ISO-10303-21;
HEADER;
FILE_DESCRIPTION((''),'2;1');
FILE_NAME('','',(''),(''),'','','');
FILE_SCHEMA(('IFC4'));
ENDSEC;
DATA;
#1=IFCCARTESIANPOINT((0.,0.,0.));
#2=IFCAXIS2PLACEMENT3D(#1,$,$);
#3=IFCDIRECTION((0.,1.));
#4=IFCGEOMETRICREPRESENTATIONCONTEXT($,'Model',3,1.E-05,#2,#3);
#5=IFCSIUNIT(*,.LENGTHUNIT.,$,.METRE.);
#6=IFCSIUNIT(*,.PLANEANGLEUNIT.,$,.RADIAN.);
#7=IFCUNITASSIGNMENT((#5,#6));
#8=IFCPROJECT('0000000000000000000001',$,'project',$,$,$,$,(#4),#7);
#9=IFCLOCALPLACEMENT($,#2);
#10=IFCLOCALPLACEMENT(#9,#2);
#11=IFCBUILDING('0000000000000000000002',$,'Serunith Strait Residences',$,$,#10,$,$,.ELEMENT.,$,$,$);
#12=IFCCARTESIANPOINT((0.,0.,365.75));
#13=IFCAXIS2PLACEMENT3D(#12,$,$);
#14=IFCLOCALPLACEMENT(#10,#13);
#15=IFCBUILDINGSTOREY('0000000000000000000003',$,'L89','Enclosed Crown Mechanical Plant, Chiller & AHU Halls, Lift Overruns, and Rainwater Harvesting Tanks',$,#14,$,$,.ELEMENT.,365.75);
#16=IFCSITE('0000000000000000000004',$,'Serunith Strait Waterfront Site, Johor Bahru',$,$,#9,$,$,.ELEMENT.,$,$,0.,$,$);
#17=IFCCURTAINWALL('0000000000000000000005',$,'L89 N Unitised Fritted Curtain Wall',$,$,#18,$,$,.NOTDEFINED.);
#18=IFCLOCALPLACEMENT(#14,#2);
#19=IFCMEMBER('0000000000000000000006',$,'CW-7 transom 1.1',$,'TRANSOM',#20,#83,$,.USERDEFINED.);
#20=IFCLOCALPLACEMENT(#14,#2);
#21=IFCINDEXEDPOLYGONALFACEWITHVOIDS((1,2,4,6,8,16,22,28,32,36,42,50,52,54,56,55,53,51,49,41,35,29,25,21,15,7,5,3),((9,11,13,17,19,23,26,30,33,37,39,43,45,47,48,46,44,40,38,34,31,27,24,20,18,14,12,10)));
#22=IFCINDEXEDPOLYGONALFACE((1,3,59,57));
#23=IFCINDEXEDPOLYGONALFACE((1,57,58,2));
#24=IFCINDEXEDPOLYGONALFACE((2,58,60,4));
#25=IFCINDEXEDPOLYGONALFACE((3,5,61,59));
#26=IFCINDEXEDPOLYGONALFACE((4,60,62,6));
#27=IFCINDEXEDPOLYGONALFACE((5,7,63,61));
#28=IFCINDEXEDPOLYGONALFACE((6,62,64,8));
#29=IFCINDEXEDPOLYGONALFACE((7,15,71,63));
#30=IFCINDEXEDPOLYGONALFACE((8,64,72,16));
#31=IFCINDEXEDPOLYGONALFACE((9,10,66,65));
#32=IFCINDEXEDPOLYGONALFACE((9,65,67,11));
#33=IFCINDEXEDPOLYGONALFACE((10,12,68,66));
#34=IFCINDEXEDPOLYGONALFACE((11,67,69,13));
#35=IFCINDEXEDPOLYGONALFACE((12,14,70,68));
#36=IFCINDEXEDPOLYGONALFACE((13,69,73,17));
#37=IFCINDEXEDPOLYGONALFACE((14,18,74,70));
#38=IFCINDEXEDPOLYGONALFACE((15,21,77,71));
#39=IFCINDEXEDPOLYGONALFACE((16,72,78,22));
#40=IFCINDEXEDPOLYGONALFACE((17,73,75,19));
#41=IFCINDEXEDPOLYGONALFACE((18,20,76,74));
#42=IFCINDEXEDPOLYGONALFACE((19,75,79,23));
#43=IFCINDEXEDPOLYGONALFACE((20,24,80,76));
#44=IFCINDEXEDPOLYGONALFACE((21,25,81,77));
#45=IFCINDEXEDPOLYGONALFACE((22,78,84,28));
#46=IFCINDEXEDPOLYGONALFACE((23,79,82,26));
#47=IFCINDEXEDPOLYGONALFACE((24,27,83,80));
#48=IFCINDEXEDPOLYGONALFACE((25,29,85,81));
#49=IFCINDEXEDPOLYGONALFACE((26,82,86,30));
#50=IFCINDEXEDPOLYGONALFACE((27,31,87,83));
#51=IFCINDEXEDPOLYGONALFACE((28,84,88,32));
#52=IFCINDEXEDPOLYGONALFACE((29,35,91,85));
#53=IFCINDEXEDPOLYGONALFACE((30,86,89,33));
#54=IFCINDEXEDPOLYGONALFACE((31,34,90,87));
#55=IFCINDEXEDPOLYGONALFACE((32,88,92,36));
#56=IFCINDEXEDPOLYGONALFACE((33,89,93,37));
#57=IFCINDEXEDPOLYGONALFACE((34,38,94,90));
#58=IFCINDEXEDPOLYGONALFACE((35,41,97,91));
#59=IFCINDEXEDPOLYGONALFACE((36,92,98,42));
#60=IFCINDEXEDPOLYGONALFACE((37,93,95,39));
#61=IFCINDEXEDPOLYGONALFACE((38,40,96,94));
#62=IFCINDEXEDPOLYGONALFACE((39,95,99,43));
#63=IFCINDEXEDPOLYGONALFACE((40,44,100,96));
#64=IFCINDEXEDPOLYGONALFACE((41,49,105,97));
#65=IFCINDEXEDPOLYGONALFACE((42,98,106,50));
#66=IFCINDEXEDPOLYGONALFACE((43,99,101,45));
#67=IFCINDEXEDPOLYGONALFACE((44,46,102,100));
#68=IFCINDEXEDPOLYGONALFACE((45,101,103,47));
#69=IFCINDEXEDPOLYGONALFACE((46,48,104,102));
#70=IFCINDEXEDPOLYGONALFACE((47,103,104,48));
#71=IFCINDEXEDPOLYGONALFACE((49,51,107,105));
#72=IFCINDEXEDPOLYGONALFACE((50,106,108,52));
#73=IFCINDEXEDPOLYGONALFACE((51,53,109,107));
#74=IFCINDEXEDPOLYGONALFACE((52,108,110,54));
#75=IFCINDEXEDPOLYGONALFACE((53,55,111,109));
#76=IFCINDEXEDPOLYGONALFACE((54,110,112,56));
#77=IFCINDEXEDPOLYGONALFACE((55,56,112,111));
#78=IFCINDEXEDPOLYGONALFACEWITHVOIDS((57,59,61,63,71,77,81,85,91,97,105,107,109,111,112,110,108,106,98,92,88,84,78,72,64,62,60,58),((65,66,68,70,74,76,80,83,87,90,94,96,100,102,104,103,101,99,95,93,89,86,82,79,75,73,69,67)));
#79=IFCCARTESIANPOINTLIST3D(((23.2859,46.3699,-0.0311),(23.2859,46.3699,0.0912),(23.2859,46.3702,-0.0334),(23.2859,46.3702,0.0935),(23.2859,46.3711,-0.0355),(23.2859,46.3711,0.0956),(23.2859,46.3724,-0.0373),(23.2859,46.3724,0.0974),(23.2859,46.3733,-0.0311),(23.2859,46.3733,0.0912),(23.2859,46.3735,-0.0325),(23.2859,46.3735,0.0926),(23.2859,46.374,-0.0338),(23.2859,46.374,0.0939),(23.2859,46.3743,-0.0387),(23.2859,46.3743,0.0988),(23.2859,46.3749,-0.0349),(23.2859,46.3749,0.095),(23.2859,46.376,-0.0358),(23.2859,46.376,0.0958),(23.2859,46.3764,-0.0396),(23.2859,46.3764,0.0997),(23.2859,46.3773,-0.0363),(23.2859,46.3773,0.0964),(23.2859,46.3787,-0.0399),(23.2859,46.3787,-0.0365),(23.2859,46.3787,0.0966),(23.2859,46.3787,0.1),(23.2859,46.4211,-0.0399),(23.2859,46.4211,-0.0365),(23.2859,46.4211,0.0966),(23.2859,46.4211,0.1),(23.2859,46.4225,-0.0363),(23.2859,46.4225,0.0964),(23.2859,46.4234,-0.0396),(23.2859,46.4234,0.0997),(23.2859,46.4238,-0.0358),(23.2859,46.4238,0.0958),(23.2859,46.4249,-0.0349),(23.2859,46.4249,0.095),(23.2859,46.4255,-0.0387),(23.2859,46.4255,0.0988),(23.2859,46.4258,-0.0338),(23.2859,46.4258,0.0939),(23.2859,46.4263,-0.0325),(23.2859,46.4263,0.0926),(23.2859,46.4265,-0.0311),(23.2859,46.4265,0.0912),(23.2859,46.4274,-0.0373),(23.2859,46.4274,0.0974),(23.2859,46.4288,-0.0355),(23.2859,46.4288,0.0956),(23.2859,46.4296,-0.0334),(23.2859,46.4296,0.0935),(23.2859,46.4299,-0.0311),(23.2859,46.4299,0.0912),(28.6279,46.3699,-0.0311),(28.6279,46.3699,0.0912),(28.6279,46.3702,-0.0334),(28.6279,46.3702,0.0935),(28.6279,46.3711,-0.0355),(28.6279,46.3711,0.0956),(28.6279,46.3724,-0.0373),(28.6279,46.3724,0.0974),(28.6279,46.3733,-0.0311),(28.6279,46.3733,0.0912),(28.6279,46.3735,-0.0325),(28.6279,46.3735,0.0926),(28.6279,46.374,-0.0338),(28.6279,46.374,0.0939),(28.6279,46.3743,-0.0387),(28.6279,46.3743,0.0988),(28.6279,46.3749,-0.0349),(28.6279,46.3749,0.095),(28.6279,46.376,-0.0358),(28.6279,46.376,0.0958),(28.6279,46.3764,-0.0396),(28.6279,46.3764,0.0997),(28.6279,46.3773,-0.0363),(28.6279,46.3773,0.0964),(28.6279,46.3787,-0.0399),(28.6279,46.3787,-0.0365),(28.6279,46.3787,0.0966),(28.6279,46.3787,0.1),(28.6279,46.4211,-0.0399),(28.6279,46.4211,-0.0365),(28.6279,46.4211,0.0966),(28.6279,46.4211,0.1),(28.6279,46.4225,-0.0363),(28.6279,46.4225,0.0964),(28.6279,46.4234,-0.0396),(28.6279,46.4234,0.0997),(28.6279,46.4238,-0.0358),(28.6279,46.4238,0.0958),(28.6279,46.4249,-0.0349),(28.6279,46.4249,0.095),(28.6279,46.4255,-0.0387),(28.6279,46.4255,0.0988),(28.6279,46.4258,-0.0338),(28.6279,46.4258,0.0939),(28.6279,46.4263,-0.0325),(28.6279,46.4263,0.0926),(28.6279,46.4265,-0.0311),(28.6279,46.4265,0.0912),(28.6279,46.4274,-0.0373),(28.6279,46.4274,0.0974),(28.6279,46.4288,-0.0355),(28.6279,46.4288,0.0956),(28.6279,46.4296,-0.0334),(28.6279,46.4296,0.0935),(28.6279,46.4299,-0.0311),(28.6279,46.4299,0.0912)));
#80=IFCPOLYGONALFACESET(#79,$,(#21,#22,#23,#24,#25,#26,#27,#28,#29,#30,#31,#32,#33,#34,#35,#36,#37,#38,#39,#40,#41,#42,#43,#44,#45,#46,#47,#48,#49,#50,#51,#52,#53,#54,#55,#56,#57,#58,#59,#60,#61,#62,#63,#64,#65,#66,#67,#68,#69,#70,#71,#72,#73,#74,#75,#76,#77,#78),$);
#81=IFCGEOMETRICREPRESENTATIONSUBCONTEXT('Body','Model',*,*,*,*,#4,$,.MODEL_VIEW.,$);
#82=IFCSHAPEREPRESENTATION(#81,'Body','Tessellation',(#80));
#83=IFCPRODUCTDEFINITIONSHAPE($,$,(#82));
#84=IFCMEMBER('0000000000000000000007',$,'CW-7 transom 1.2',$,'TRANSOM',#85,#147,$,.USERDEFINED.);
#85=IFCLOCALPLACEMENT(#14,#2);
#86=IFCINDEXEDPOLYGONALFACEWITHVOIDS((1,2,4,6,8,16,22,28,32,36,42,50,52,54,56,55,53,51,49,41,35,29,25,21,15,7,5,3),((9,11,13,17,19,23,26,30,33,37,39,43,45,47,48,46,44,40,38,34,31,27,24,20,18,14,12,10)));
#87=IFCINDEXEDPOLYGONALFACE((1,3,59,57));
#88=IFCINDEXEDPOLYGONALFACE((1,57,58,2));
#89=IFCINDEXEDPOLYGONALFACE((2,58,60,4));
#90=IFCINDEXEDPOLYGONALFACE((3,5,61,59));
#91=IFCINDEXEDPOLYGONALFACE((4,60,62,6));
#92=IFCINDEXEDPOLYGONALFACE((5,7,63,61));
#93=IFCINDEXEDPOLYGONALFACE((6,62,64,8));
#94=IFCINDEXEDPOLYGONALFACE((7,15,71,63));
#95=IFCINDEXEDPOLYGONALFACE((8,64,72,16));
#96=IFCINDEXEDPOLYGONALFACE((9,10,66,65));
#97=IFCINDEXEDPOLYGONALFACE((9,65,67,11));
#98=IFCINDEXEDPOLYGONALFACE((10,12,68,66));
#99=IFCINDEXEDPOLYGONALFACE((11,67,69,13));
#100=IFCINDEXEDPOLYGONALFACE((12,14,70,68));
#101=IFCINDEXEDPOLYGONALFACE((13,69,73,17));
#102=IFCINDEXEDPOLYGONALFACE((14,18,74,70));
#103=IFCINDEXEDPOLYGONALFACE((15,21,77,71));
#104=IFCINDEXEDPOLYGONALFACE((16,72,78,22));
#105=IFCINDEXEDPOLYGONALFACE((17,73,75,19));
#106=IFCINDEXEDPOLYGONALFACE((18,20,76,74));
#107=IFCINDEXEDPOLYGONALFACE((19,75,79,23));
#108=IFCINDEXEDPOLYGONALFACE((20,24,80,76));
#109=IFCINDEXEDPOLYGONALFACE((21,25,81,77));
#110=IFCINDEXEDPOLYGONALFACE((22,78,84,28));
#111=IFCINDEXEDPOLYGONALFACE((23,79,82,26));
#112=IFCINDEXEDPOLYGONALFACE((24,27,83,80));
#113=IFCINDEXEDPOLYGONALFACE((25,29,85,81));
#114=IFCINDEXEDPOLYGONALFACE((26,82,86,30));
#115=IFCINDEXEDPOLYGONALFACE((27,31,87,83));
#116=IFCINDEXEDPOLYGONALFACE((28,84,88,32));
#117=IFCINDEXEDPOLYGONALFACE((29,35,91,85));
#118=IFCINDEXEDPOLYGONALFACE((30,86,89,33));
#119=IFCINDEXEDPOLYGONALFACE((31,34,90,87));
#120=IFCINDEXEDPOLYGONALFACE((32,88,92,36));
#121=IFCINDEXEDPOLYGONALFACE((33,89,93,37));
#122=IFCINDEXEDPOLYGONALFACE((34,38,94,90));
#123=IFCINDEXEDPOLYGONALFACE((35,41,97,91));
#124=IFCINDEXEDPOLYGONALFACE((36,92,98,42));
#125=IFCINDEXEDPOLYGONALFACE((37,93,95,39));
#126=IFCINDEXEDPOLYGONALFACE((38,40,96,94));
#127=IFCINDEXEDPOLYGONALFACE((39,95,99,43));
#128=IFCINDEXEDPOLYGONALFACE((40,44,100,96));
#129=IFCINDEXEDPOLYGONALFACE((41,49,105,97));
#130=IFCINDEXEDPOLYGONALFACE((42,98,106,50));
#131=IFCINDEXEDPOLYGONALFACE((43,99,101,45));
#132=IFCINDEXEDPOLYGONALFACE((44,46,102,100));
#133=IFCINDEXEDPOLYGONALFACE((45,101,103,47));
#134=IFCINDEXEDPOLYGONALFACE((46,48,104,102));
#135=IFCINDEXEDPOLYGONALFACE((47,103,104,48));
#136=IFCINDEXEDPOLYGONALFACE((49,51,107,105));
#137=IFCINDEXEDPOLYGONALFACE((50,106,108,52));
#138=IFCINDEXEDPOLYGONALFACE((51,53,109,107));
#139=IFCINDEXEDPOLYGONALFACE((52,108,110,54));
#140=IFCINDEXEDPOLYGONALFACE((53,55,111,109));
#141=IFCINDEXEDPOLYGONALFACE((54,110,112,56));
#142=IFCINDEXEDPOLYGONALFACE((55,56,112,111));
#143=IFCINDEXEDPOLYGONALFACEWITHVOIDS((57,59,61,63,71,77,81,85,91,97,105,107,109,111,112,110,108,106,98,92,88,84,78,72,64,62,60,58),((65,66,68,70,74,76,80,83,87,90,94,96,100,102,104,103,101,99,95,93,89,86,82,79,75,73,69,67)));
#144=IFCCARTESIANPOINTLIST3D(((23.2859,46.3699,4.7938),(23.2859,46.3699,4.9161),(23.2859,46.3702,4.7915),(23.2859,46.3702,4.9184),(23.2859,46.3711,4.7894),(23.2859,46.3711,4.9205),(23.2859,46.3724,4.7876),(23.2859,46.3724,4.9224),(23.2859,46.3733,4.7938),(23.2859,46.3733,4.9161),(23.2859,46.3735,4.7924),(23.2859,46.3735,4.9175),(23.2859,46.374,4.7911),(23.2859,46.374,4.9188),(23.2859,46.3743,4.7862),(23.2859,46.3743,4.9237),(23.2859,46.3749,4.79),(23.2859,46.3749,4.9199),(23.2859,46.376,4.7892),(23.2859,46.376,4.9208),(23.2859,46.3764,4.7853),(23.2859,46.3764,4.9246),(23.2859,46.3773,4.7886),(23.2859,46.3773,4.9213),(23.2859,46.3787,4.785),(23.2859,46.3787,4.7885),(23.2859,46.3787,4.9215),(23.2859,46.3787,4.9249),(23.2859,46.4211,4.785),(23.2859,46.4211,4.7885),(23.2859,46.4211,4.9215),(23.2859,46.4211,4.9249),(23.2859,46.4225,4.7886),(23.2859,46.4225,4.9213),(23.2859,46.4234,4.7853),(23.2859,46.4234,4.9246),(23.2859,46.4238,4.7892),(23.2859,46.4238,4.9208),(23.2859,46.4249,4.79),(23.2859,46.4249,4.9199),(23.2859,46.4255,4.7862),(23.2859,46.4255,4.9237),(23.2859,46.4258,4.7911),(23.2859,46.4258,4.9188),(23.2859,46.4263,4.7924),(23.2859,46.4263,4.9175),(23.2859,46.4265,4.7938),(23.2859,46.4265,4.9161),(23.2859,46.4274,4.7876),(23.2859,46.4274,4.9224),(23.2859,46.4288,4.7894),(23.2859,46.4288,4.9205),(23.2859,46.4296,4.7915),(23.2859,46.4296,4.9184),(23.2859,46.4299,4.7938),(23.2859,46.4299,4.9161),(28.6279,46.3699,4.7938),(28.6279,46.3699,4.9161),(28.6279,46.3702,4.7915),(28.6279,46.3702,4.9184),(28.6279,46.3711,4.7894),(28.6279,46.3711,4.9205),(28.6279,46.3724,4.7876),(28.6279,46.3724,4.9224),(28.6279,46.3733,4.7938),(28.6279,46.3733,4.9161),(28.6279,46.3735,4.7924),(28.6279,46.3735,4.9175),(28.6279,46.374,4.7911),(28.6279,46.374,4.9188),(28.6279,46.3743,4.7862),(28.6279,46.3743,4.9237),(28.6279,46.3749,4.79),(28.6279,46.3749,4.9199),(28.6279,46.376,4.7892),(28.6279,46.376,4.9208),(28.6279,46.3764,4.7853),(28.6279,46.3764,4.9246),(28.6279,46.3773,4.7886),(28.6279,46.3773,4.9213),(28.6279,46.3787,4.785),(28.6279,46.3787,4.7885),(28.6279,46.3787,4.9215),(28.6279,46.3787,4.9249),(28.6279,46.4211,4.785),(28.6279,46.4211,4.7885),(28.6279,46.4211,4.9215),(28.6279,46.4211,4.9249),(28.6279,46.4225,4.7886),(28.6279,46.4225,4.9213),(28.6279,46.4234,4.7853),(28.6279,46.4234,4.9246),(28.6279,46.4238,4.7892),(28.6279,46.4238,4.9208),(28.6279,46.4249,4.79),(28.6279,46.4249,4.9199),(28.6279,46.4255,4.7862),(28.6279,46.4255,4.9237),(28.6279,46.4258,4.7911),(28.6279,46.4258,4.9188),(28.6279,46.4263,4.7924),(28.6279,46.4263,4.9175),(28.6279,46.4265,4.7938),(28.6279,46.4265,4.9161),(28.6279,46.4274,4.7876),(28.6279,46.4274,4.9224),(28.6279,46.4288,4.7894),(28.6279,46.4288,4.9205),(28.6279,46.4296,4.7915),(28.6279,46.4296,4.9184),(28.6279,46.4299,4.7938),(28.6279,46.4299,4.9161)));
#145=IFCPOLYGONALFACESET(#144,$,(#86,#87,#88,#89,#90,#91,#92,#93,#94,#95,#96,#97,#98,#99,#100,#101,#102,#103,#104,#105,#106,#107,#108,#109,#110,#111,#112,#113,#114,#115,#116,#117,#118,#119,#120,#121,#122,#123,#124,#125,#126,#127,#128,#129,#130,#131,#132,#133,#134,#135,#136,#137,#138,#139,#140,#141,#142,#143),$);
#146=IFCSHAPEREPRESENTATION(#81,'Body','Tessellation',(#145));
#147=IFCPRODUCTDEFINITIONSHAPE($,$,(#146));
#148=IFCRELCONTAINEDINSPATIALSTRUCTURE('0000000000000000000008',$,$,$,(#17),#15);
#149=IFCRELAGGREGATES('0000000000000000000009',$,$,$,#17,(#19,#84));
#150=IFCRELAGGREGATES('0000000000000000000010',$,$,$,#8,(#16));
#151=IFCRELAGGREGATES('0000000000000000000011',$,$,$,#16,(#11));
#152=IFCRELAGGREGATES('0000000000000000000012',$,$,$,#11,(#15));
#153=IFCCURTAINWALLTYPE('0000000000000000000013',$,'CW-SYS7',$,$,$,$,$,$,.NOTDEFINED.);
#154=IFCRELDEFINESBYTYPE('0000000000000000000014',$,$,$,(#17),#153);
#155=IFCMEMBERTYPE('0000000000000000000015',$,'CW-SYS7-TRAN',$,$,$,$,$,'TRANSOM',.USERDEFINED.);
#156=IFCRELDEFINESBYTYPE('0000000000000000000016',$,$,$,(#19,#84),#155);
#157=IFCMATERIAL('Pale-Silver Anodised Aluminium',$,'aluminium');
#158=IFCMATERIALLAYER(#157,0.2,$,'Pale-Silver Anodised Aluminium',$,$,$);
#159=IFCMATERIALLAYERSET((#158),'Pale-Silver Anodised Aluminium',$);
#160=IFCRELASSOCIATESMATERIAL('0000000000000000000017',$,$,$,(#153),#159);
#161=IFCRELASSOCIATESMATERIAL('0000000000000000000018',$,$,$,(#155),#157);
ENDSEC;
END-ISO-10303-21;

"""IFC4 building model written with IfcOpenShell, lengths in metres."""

from ifc_helpers import new_model, si_unit, direction, frame, origin, origin_2d, place, context, subcontext, project, spatial, hollow_rectangle, extrude, source, transform, mapped, material, layer, layer_set, material_profile, profile_set, type_object, element, aggregate, save


model = new_model("IFC4")

# Units and contexts
model_context = context("Model", 3, precision=1e-05, world=origin(), true_north=direction((0.0, 1.0)))
body_context = subcontext(model_context, "Body", "Model", "MODEL_VIEW")
ifc_project = project(units=[si_unit("LENGTHUNIT", "METRE"), si_unit("PLANEANGLEUNIT", "RADIAN")], contexts=[model_context])

# Site, building, storey
site_placement = place(None, origin())
site = spatial("IfcSite", under=ifc_project, at=site_placement, Name="Serunith Strait Waterfront Site, Johor Bahru", CompositionType="ELEMENT", RefElevation=0.0)
building_placement = place(site_placement, origin())
building = spatial("IfcBuilding", under=site, at=building_placement, Name="Serunith Strait Residences", CompositionType="ELEMENT")
storey_placement = place(building_placement, frame((0.0, 0.0, 365.75)))
storey = spatial("IfcBuildingStorey", under=building, at=storey_placement, Name="L89", Description="Enclosed Crown Mechanical Plant, Chiller & AHU Halls, Lift Overruns, and Rainwater Harvesting Tanks", CompositionType="ELEMENT", Elevation=365.75)

# Curtain wall
ifc_material_1 = material(Name="Pale-Silver Anodised Aluminium", Category="aluminium")
ifc_layer_1 = layer(ifc_material_1, 0.2, Name="Pale-Silver Anodised Aluminium")
ifc_layer_set_1 = layer_set([ifc_layer_1], Name="Pale-Silver Anodised Aluminium")
curtain_wall_type = type_object("IfcCurtainWallType", Name="CW-SYS7", PredefinedType="NOTDEFINED", material=ifc_layer_set_1)
curtain_wall_1_placement = place(storey_placement, origin())
curtain_wall_1 = element("IfcCurtainWall", 1, at=curtain_wall_1_placement, inside=storey, type_object=curtain_wall_type, Name="L89 N Unitised Fritted Curtain Wall", PredefinedType="NOTDEFINED")

# Members
ifc_material_profile_1 = material_profile(ifc_material_1, hollow_rectangle(XDim=0.0601, YDim=0.1399, WallThickness=0.0034, InnerFilletRadius=0.0054, OuterFilletRadius=0.0088, at=origin_2d()), Name="ALU 140x60x3.5")
ifc_profile_set_1 = profile_set([ifc_material_profile_1], Name="Pale-Silver Anodised Aluminium")
member_type_1 = type_object("IfcMemberType", Name="CW-SYS7-TRAN", ElementType="TRANSOM", PredefinedType="USERDEFINED", material=ifc_profile_set_1)
shared_shape_1 = source(origin(), body_context, "Body", "SweptSolid", [
    extrude(hollow_rectangle(XDim=0.0601, YDim=0.1399, WallThickness=0.0034, InnerFilletRadius=0.0054, OuterFilletRadius=0.0088, at=origin_2d()), origin(), (0.0, 0.0, 1.0), 5.342),
])
member_1_placement = place(storey_placement, frame((28.6279, 46.3999, 0.03), z_axis=(-1.0, 0.0, 0.0), x_axis=(0.0, -1.0, 0.0)))
member_1 = element("IfcMember", 2, at=member_1_placement, type_object=member_type_1, Name="CW-7 transom 1.1", ObjectType="TRANSOM", PredefinedType="USERDEFINED", context=body_context, shape_type="MappedRepresentation", body=[
    mapped(shared_shape_1, transform((0.0, 0.0, 0.0), scale=1.0)),
])
member_2_placement = place(storey_placement, frame((28.6279, 46.3999, 4.855), z_axis=(-1.0, 0.0, 0.0), x_axis=(0.0, -1.0, 0.0)))
member_2 = element("IfcMember", 3, at=member_2_placement, type_object=member_type_1, Name="CW-7 transom 1.2", ObjectType="TRANSOM", PredefinedType="USERDEFINED", context=body_context, shape_type="MappedRepresentation", body=[
    mapped(shared_shape_1, transform((0.0, 0.0, 0.0), scale=1.0)),
])

aggregate(curtain_wall_1, [member_1, member_2])

save(model, "model.ifc")
